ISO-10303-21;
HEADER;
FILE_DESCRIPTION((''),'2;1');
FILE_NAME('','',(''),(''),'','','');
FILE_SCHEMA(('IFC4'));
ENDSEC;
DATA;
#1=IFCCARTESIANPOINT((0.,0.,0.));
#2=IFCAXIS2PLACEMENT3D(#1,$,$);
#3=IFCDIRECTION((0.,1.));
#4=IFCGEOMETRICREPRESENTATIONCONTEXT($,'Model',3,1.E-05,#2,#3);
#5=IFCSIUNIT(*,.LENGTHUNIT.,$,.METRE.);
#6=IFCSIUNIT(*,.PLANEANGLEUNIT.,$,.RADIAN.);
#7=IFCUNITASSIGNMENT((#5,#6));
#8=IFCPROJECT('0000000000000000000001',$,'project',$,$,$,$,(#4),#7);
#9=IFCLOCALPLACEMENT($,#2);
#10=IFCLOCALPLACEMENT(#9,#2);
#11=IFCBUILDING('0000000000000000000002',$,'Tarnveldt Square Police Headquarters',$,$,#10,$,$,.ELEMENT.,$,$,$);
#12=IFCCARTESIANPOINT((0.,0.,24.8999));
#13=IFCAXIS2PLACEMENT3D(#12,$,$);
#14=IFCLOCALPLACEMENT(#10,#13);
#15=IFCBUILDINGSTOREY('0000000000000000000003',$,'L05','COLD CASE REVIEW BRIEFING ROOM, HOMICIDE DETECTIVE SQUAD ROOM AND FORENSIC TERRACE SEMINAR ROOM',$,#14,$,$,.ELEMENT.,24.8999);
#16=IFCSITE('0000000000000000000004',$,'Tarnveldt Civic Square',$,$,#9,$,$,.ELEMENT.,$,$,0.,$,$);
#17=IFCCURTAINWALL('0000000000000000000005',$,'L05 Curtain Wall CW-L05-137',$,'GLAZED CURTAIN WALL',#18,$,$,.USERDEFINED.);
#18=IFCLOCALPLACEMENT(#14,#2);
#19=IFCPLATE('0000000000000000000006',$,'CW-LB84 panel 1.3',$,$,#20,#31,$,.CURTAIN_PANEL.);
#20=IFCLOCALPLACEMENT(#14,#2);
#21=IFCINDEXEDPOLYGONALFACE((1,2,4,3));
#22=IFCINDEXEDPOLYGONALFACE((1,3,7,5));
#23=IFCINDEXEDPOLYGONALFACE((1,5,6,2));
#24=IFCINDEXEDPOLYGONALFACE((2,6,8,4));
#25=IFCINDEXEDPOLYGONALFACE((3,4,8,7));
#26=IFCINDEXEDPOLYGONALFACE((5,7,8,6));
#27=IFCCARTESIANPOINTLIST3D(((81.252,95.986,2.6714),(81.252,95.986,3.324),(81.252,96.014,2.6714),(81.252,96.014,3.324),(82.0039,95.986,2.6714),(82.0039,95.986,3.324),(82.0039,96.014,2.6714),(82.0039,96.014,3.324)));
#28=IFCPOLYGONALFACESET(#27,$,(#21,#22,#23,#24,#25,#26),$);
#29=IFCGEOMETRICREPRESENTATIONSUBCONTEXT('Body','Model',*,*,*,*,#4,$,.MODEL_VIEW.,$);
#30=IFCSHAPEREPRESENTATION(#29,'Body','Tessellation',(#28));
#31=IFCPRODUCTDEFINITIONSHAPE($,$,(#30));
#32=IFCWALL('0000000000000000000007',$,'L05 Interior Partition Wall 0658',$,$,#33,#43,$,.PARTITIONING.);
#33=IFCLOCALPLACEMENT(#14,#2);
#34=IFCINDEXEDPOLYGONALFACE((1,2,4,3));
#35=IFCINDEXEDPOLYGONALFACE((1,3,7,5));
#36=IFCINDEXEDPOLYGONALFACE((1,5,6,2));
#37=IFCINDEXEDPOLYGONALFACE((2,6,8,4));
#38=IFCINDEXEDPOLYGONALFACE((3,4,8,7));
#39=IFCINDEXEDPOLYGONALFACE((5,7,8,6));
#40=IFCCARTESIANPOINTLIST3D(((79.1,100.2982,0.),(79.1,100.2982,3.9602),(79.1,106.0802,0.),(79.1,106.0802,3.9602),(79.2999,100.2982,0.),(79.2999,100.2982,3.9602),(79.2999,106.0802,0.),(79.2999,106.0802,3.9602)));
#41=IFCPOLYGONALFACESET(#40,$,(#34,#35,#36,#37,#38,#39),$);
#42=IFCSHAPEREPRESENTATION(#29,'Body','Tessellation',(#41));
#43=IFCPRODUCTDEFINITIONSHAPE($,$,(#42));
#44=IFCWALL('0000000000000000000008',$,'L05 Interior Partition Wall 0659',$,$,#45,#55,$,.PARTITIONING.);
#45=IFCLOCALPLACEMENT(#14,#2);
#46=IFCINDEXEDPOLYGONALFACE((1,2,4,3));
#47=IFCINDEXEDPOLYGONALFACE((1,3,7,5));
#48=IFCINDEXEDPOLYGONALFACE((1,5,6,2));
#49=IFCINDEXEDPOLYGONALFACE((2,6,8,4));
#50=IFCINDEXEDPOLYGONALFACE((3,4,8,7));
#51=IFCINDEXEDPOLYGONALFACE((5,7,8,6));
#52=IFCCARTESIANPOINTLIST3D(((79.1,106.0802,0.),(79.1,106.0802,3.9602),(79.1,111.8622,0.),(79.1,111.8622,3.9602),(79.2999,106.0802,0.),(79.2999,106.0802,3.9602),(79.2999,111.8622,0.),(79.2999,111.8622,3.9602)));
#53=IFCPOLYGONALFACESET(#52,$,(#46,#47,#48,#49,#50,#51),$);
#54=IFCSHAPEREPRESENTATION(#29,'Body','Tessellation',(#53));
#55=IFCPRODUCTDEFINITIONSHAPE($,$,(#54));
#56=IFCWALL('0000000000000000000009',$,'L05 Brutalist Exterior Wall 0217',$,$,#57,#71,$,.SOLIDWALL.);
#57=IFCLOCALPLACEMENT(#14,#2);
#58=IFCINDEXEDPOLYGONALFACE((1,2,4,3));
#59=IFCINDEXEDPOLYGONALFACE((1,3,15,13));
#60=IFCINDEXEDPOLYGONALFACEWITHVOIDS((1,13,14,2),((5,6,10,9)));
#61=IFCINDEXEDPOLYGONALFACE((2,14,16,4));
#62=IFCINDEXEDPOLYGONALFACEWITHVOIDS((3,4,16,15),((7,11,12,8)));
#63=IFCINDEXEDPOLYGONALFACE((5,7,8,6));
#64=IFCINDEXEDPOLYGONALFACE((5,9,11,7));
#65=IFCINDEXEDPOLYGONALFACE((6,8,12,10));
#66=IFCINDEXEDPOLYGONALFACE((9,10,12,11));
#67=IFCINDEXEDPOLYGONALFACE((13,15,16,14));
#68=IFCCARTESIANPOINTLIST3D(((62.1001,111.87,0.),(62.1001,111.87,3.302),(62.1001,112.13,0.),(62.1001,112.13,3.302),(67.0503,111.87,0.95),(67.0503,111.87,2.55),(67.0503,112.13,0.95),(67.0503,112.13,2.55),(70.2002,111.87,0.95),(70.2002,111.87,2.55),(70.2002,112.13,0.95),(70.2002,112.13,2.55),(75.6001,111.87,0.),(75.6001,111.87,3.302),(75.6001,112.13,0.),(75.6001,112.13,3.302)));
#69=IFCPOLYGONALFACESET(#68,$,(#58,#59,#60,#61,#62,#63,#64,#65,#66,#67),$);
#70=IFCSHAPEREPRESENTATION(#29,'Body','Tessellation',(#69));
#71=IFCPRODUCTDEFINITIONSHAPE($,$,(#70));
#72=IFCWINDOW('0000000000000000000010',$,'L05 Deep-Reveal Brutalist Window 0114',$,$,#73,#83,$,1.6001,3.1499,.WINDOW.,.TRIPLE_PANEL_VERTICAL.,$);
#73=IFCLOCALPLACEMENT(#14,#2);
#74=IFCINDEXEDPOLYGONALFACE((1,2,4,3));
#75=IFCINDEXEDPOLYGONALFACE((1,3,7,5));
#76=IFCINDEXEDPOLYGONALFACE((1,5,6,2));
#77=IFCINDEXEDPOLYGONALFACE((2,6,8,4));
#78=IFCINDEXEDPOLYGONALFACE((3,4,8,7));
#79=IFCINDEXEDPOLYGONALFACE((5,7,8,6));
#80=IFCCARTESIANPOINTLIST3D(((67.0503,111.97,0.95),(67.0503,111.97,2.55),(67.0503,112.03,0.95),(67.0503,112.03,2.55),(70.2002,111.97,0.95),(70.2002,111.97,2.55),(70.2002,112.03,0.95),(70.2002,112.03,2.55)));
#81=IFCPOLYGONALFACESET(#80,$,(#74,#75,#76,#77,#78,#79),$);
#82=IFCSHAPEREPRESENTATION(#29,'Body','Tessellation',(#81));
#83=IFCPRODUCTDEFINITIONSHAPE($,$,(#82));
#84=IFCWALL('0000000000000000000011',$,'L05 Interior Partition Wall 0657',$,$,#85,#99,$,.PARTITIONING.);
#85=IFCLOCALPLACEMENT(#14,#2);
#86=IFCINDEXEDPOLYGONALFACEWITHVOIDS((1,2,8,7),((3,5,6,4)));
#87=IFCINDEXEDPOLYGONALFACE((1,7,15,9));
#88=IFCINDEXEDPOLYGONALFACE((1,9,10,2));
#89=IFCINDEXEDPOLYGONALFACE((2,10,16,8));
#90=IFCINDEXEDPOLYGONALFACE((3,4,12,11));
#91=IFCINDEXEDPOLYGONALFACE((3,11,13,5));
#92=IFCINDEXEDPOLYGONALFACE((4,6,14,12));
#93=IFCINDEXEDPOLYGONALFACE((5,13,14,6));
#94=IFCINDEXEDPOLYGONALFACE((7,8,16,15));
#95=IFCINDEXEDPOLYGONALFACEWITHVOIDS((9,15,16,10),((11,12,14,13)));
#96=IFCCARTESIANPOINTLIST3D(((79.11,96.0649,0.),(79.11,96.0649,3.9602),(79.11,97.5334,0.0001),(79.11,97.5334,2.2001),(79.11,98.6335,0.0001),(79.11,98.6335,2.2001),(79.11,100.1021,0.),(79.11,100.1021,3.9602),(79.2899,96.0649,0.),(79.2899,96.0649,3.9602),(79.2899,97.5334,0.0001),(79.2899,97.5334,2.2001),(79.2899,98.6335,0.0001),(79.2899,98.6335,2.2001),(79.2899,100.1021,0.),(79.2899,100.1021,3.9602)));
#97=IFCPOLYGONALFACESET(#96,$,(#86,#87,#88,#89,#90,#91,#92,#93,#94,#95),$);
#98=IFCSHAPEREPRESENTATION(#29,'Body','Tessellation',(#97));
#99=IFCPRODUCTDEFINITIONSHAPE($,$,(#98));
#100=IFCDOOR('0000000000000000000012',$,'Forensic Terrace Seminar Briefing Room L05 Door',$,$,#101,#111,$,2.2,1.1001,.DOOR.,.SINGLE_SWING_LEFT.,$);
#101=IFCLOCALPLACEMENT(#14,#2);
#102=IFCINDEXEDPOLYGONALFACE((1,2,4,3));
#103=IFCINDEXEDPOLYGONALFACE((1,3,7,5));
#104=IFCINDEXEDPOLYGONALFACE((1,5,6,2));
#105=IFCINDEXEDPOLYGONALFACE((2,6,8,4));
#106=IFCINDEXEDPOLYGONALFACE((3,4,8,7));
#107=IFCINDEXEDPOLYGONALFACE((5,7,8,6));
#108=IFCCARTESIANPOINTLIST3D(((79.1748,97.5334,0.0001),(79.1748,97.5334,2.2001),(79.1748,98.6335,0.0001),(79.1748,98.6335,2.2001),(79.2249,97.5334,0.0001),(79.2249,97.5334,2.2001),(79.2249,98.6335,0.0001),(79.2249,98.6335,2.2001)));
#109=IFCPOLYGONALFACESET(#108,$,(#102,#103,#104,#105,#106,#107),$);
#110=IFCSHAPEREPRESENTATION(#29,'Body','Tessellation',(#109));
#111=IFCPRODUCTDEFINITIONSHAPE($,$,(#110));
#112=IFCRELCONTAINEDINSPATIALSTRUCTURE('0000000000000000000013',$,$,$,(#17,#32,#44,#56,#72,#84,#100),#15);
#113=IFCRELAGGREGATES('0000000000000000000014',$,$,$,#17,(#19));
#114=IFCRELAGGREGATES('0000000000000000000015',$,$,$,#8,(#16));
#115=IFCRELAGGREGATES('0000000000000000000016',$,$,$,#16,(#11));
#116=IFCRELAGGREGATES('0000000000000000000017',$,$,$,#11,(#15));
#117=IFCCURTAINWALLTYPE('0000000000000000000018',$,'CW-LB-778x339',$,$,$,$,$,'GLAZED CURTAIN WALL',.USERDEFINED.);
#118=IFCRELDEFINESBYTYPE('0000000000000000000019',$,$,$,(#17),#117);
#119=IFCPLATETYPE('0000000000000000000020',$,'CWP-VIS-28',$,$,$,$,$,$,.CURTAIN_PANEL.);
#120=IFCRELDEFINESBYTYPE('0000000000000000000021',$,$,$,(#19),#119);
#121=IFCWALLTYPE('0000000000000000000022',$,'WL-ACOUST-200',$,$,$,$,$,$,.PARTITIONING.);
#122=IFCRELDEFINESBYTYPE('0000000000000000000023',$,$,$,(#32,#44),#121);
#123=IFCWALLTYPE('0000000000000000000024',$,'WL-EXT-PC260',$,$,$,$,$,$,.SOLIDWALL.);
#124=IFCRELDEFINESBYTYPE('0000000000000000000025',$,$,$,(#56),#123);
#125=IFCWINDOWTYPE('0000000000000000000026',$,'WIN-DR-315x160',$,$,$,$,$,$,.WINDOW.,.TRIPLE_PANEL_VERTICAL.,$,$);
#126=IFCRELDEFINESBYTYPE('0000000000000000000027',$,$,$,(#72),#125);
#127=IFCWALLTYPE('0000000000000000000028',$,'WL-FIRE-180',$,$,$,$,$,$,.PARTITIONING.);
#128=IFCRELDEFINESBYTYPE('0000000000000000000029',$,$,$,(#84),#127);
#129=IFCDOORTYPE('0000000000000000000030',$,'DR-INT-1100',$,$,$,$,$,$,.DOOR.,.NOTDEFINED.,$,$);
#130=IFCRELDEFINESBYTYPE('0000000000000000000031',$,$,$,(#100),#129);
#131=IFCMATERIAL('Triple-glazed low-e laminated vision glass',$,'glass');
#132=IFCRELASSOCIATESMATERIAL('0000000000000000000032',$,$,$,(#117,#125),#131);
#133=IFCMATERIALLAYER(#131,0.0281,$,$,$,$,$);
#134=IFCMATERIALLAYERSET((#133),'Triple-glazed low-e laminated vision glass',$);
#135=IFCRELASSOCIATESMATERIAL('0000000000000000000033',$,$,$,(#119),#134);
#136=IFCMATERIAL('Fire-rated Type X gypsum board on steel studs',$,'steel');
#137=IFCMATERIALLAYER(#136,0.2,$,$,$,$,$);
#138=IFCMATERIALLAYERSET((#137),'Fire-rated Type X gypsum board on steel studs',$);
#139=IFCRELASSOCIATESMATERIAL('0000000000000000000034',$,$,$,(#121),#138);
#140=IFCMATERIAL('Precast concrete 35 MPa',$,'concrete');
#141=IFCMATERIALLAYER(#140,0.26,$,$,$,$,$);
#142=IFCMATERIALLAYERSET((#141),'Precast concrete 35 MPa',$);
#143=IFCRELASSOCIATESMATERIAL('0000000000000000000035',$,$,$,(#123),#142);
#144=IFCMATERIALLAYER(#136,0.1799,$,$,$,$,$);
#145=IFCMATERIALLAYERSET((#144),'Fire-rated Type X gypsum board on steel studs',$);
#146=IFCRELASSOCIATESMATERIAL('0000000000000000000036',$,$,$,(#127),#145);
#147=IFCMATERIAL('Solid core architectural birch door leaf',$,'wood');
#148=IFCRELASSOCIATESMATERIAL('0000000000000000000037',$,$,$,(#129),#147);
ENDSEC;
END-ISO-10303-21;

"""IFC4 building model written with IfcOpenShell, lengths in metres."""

from ifc_helpers import new_model, si_unit, direction, frame, frame_2d, origin, origin_2d, place, context, subcontext, project, spatial, rectangle, extrude, material, layer, layer_set, type_object, element, fill, aggregate, save


model = new_model("IFC4")

# Units and contexts
model_context = context("Model", 3, precision=1e-05, world=origin(), true_north=direction((0.0, 1.0)))
body_context = subcontext(model_context, "Body", "Model", "MODEL_VIEW")
ifc_project = project(units=[si_unit("LENGTHUNIT", "METRE"), si_unit("PLANEANGLEUNIT", "RADIAN")], contexts=[model_context])

# Site, building, storey
site_placement = place(None, origin())
site = spatial("IfcSite", under=ifc_project, at=site_placement, Name="Tarnveldt Civic Square", CompositionType="ELEMENT", RefElevation=0.0)
building_placement = place(site_placement, origin())
building = spatial("IfcBuilding", under=site, at=building_placement, Name="Tarnveldt Square Police Headquarters", CompositionType="ELEMENT")
storey_placement = place(building_placement, frame((0.0, 0.0, 24.8999)))
storey = spatial("IfcBuildingStorey", under=building, at=storey_placement, Name="L05", Description="COLD CASE REVIEW BRIEFING ROOM, HOMICIDE DETECTIVE SQUAD ROOM AND FORENSIC TERRACE SEMINAR ROOM", CompositionType="ELEMENT", Elevation=24.8999)

# Curtain wall, plate
ifc_material_1 = material(Name="Triple-glazed low-e laminated vision glass", Category="glass")
curtain_wall_type = type_object("IfcCurtainWallType", Name="CW-LB-778x339", ElementType="GLAZED CURTAIN WALL", PredefinedType="USERDEFINED", material=ifc_material_1)
curtain_wall_placement = place(storey_placement, origin())
curtain_wall = element("IfcCurtainWall", 1, at=curtain_wall_placement, inside=storey, type_object=curtain_wall_type, Name="L05 Curtain Wall CW-L05-137", ObjectType="GLAZED CURTAIN WALL", PredefinedType="USERDEFINED")
ifc_layer_1 = layer(ifc_material_1, 0.0281)
ifc_layer_set_1 = layer_set([ifc_layer_1], Name="Triple-glazed low-e laminated vision glass")
plate_type = type_object("IfcPlateType", Name="CWP-VIS-28", PredefinedType="CURTAIN_PANEL", material=ifc_layer_set_1)
plate_1_placement = place(storey_placement, frame((81.6279, 96.0, 2.6714), z_axis=(0.0, 0.0, 1.0), x_axis=(1.0, 0.0, 0.0)))
plate_1 = element("IfcPlate", 2, at=plate_1_placement, type_object=plate_type, Name="CW-LB84 panel 1.3", PredefinedType="CURTAIN_PANEL", context=body_context, shape_type="SweptSolid", body=[
    extrude(rectangle(XDim=0.752, YDim=0.0281, at=origin_2d()), origin(), (0.0, 0.0, 1.0), 0.6526),
])
aggregate(curtain_wall, [plate_1])

# Walls
ifc_material_2 = material(Name="Fire-rated Type X gypsum board on steel studs", Category="steel")
ifc_layer_2 = layer(ifc_material_2, 0.2)
ifc_layer_set_2 = layer_set([ifc_layer_2], Name="Fire-rated Type X gypsum board on steel studs")
wall_type_1 = type_object("IfcWallType", Name="WL-ACOUST-200", PredefinedType="PARTITIONING", material=ifc_layer_set_2)
for number, where, z_axis, x_axis, name in (
    (3, (79.2, 100.2981, 0.0), (0.0, 0.0, 1.0), (0.0, 1.0, 0.0), "L05 Interior Partition Wall 0658"),
    (4, (79.2, 106.0801, 0.0), (0.0, 0.0, 1.0), (0.0, 1.0, 0.0), "L05 Interior Partition Wall 0659"),
):
    element("IfcWall", number, at=place(storey_placement, frame(where, z_axis=z_axis, x_axis=x_axis)), inside=storey, type_object=wall_type_1, Name=name, PredefinedType="PARTITIONING", context=body_context, shape_type="SweptSolid", body=[
        extrude(rectangle(XDim=5.782, YDim=0.2, at=frame_2d((2.8911, 0.0))), origin(), (0.0, 0.0, 1.0), 3.9602),
    ])

# Wall, opening, window
ifc_material_3 = material(Name="Precast concrete 35 MPa", Category="concrete")
ifc_layer_3 = layer(ifc_material_3, 0.26)
ifc_layer_set_3 = layer_set([ifc_layer_3], Name="Precast concrete 35 MPa")
wall_type_2 = type_object("IfcWallType", Name="WL-EXT-PC260", PredefinedType="SOLIDWALL", material=ifc_layer_set_3)
wall_1_placement = place(storey_placement, frame((75.6001, 112.0, 0.0), z_axis=(0.0, 0.0, 1.0), x_axis=(-1.0, 0.0, 0.0)))
wall_1 = element("IfcWall", 5, at=wall_1_placement, inside=storey, type_object=wall_type_2, Name="L05 Brutalist Exterior Wall 0217", PredefinedType="SOLIDWALL", context=body_context, shape_type="SweptSolid", body=[
    extrude(rectangle(XDim=13.5, YDim=0.26, at=frame_2d((6.75, 0.0))), origin(), (0.0, 0.0, 1.0), 3.302),
])
opening_1_placement = place(wall_1_placement, frame((5.3999, 0.0, 0.95)))
opening_1 = element("IfcOpeningElement", 6, at=opening_1_placement, cuts=wall_1, PredefinedType="OPENING", context=body_context, shape_type="SweptSolid", body=[
    extrude(rectangle(XDim=3.1499, YDim=1.6001, at=frame_2d((1.575, 0.8))), frame((0.0, 0.1399, 0.0), z_axis=(0.0, -1.0, 0.0), x_axis=(1.0, 0.0, 0.0)), (0.0, 0.0, 1.0), 0.28),
])
window_type = type_object("IfcWindowType", Name="WIN-DR-315x160", PartitioningType="TRIPLE_PANEL_VERTICAL", PredefinedType="WINDOW", material=ifc_material_1)
window_placement = place(opening_1_placement, origin())
window = element("IfcWindow", 7, at=window_placement, inside=storey, type_object=window_type, Name="L05 Deep-Reveal Brutalist Window 0114", OverallHeight=1.6001, OverallWidth=3.1499, PartitioningType="TRIPLE_PANEL_VERTICAL", PredefinedType="WINDOW", context=body_context, shape_type="SweptSolid", body=[
    extrude(rectangle(XDim=3.1499, YDim=1.6001, at=frame_2d((1.575, 0.8))), frame((0.0, 0.03, 0.0), z_axis=(0.0, -1.0, 0.0), x_axis=(1.0, 0.0, 0.0)), (0.0, 0.0, 1.0), 0.0601),
])
fill(opening_1, window)

# Wall, opening, door
ifc_layer_4 = layer(ifc_material_2, 0.1799)
ifc_layer_set_4 = layer_set([ifc_layer_4], Name="Fire-rated Type X gypsum board on steel studs")
wall_type_3 = type_object("IfcWallType", Name="WL-FIRE-180", PredefinedType="PARTITIONING", material=ifc_layer_set_4)
wall_2_placement = place(storey_placement, frame((79.2, 96.0649, 0.0), z_axis=(0.0, 0.0, 1.0), x_axis=(0.0, 1.0, 0.0)))
wall_2 = element("IfcWall", 8, at=wall_2_placement, inside=storey, type_object=wall_type_3, Name="L05 Interior Partition Wall 0657", PredefinedType="PARTITIONING", context=body_context, shape_type="SweptSolid", body=[
    extrude(rectangle(XDim=4.0371, YDim=0.1799, at=frame_2d((2.0186, 0.0))), origin(), (0.0, 0.0, 1.0), 3.9602),
])
opening_2_placement = place(wall_2_placement, frame((1.4685, 0.0, 0.0)))
opening_2 = element("IfcOpeningElement", 9, at=opening_2_placement, cuts=wall_2, PredefinedType="OPENING", context=body_context, shape_type="SweptSolid", body=[
    extrude(rectangle(XDim=1.1001, YDim=2.2, at=frame_2d((0.55, 1.1001))), frame((0.0, 0.0999, 0.0), z_axis=(0.0, -1.0, 0.0), x_axis=(1.0, 0.0, 0.0)), (0.0, 0.0, 1.0), 0.2),
])
ifc_material_4 = material(Name="Solid core architectural birch door leaf", Category="wood")
door_type = type_object("IfcDoorType", Name="DR-INT-1100", OperationType="NOTDEFINED", PredefinedType="DOOR", material=ifc_material_4)
door_placement = place(opening_2_placement, frame((1.1001, 0.0, 0.0), z_axis=(0.0, 0.0, 1.0), x_axis=(-1.0, 0.0, 0.0)))
door = element("IfcDoor", 10, at=door_placement, inside=storey, type_object=door_type, Name="Forensic Terrace Seminar Briefing Room L05 Door", OperationType="SINGLE_SWING_LEFT", OverallHeight=2.2, OverallWidth=1.1001, PredefinedType="DOOR", context=body_context, shape_type="SweptSolid", body=[
    extrude(rectangle(XDim=1.1001, YDim=2.2, at=frame_2d((0.55, 1.1001))), frame((0.0, 0.0249, 0.0), z_axis=(0.0, -1.0, 0.0), x_axis=(1.0, 0.0, 0.0)), (0.0, 0.0, 1.0), 0.05),
])
fill(opening_2, door)

save(model, "model.ifc")
